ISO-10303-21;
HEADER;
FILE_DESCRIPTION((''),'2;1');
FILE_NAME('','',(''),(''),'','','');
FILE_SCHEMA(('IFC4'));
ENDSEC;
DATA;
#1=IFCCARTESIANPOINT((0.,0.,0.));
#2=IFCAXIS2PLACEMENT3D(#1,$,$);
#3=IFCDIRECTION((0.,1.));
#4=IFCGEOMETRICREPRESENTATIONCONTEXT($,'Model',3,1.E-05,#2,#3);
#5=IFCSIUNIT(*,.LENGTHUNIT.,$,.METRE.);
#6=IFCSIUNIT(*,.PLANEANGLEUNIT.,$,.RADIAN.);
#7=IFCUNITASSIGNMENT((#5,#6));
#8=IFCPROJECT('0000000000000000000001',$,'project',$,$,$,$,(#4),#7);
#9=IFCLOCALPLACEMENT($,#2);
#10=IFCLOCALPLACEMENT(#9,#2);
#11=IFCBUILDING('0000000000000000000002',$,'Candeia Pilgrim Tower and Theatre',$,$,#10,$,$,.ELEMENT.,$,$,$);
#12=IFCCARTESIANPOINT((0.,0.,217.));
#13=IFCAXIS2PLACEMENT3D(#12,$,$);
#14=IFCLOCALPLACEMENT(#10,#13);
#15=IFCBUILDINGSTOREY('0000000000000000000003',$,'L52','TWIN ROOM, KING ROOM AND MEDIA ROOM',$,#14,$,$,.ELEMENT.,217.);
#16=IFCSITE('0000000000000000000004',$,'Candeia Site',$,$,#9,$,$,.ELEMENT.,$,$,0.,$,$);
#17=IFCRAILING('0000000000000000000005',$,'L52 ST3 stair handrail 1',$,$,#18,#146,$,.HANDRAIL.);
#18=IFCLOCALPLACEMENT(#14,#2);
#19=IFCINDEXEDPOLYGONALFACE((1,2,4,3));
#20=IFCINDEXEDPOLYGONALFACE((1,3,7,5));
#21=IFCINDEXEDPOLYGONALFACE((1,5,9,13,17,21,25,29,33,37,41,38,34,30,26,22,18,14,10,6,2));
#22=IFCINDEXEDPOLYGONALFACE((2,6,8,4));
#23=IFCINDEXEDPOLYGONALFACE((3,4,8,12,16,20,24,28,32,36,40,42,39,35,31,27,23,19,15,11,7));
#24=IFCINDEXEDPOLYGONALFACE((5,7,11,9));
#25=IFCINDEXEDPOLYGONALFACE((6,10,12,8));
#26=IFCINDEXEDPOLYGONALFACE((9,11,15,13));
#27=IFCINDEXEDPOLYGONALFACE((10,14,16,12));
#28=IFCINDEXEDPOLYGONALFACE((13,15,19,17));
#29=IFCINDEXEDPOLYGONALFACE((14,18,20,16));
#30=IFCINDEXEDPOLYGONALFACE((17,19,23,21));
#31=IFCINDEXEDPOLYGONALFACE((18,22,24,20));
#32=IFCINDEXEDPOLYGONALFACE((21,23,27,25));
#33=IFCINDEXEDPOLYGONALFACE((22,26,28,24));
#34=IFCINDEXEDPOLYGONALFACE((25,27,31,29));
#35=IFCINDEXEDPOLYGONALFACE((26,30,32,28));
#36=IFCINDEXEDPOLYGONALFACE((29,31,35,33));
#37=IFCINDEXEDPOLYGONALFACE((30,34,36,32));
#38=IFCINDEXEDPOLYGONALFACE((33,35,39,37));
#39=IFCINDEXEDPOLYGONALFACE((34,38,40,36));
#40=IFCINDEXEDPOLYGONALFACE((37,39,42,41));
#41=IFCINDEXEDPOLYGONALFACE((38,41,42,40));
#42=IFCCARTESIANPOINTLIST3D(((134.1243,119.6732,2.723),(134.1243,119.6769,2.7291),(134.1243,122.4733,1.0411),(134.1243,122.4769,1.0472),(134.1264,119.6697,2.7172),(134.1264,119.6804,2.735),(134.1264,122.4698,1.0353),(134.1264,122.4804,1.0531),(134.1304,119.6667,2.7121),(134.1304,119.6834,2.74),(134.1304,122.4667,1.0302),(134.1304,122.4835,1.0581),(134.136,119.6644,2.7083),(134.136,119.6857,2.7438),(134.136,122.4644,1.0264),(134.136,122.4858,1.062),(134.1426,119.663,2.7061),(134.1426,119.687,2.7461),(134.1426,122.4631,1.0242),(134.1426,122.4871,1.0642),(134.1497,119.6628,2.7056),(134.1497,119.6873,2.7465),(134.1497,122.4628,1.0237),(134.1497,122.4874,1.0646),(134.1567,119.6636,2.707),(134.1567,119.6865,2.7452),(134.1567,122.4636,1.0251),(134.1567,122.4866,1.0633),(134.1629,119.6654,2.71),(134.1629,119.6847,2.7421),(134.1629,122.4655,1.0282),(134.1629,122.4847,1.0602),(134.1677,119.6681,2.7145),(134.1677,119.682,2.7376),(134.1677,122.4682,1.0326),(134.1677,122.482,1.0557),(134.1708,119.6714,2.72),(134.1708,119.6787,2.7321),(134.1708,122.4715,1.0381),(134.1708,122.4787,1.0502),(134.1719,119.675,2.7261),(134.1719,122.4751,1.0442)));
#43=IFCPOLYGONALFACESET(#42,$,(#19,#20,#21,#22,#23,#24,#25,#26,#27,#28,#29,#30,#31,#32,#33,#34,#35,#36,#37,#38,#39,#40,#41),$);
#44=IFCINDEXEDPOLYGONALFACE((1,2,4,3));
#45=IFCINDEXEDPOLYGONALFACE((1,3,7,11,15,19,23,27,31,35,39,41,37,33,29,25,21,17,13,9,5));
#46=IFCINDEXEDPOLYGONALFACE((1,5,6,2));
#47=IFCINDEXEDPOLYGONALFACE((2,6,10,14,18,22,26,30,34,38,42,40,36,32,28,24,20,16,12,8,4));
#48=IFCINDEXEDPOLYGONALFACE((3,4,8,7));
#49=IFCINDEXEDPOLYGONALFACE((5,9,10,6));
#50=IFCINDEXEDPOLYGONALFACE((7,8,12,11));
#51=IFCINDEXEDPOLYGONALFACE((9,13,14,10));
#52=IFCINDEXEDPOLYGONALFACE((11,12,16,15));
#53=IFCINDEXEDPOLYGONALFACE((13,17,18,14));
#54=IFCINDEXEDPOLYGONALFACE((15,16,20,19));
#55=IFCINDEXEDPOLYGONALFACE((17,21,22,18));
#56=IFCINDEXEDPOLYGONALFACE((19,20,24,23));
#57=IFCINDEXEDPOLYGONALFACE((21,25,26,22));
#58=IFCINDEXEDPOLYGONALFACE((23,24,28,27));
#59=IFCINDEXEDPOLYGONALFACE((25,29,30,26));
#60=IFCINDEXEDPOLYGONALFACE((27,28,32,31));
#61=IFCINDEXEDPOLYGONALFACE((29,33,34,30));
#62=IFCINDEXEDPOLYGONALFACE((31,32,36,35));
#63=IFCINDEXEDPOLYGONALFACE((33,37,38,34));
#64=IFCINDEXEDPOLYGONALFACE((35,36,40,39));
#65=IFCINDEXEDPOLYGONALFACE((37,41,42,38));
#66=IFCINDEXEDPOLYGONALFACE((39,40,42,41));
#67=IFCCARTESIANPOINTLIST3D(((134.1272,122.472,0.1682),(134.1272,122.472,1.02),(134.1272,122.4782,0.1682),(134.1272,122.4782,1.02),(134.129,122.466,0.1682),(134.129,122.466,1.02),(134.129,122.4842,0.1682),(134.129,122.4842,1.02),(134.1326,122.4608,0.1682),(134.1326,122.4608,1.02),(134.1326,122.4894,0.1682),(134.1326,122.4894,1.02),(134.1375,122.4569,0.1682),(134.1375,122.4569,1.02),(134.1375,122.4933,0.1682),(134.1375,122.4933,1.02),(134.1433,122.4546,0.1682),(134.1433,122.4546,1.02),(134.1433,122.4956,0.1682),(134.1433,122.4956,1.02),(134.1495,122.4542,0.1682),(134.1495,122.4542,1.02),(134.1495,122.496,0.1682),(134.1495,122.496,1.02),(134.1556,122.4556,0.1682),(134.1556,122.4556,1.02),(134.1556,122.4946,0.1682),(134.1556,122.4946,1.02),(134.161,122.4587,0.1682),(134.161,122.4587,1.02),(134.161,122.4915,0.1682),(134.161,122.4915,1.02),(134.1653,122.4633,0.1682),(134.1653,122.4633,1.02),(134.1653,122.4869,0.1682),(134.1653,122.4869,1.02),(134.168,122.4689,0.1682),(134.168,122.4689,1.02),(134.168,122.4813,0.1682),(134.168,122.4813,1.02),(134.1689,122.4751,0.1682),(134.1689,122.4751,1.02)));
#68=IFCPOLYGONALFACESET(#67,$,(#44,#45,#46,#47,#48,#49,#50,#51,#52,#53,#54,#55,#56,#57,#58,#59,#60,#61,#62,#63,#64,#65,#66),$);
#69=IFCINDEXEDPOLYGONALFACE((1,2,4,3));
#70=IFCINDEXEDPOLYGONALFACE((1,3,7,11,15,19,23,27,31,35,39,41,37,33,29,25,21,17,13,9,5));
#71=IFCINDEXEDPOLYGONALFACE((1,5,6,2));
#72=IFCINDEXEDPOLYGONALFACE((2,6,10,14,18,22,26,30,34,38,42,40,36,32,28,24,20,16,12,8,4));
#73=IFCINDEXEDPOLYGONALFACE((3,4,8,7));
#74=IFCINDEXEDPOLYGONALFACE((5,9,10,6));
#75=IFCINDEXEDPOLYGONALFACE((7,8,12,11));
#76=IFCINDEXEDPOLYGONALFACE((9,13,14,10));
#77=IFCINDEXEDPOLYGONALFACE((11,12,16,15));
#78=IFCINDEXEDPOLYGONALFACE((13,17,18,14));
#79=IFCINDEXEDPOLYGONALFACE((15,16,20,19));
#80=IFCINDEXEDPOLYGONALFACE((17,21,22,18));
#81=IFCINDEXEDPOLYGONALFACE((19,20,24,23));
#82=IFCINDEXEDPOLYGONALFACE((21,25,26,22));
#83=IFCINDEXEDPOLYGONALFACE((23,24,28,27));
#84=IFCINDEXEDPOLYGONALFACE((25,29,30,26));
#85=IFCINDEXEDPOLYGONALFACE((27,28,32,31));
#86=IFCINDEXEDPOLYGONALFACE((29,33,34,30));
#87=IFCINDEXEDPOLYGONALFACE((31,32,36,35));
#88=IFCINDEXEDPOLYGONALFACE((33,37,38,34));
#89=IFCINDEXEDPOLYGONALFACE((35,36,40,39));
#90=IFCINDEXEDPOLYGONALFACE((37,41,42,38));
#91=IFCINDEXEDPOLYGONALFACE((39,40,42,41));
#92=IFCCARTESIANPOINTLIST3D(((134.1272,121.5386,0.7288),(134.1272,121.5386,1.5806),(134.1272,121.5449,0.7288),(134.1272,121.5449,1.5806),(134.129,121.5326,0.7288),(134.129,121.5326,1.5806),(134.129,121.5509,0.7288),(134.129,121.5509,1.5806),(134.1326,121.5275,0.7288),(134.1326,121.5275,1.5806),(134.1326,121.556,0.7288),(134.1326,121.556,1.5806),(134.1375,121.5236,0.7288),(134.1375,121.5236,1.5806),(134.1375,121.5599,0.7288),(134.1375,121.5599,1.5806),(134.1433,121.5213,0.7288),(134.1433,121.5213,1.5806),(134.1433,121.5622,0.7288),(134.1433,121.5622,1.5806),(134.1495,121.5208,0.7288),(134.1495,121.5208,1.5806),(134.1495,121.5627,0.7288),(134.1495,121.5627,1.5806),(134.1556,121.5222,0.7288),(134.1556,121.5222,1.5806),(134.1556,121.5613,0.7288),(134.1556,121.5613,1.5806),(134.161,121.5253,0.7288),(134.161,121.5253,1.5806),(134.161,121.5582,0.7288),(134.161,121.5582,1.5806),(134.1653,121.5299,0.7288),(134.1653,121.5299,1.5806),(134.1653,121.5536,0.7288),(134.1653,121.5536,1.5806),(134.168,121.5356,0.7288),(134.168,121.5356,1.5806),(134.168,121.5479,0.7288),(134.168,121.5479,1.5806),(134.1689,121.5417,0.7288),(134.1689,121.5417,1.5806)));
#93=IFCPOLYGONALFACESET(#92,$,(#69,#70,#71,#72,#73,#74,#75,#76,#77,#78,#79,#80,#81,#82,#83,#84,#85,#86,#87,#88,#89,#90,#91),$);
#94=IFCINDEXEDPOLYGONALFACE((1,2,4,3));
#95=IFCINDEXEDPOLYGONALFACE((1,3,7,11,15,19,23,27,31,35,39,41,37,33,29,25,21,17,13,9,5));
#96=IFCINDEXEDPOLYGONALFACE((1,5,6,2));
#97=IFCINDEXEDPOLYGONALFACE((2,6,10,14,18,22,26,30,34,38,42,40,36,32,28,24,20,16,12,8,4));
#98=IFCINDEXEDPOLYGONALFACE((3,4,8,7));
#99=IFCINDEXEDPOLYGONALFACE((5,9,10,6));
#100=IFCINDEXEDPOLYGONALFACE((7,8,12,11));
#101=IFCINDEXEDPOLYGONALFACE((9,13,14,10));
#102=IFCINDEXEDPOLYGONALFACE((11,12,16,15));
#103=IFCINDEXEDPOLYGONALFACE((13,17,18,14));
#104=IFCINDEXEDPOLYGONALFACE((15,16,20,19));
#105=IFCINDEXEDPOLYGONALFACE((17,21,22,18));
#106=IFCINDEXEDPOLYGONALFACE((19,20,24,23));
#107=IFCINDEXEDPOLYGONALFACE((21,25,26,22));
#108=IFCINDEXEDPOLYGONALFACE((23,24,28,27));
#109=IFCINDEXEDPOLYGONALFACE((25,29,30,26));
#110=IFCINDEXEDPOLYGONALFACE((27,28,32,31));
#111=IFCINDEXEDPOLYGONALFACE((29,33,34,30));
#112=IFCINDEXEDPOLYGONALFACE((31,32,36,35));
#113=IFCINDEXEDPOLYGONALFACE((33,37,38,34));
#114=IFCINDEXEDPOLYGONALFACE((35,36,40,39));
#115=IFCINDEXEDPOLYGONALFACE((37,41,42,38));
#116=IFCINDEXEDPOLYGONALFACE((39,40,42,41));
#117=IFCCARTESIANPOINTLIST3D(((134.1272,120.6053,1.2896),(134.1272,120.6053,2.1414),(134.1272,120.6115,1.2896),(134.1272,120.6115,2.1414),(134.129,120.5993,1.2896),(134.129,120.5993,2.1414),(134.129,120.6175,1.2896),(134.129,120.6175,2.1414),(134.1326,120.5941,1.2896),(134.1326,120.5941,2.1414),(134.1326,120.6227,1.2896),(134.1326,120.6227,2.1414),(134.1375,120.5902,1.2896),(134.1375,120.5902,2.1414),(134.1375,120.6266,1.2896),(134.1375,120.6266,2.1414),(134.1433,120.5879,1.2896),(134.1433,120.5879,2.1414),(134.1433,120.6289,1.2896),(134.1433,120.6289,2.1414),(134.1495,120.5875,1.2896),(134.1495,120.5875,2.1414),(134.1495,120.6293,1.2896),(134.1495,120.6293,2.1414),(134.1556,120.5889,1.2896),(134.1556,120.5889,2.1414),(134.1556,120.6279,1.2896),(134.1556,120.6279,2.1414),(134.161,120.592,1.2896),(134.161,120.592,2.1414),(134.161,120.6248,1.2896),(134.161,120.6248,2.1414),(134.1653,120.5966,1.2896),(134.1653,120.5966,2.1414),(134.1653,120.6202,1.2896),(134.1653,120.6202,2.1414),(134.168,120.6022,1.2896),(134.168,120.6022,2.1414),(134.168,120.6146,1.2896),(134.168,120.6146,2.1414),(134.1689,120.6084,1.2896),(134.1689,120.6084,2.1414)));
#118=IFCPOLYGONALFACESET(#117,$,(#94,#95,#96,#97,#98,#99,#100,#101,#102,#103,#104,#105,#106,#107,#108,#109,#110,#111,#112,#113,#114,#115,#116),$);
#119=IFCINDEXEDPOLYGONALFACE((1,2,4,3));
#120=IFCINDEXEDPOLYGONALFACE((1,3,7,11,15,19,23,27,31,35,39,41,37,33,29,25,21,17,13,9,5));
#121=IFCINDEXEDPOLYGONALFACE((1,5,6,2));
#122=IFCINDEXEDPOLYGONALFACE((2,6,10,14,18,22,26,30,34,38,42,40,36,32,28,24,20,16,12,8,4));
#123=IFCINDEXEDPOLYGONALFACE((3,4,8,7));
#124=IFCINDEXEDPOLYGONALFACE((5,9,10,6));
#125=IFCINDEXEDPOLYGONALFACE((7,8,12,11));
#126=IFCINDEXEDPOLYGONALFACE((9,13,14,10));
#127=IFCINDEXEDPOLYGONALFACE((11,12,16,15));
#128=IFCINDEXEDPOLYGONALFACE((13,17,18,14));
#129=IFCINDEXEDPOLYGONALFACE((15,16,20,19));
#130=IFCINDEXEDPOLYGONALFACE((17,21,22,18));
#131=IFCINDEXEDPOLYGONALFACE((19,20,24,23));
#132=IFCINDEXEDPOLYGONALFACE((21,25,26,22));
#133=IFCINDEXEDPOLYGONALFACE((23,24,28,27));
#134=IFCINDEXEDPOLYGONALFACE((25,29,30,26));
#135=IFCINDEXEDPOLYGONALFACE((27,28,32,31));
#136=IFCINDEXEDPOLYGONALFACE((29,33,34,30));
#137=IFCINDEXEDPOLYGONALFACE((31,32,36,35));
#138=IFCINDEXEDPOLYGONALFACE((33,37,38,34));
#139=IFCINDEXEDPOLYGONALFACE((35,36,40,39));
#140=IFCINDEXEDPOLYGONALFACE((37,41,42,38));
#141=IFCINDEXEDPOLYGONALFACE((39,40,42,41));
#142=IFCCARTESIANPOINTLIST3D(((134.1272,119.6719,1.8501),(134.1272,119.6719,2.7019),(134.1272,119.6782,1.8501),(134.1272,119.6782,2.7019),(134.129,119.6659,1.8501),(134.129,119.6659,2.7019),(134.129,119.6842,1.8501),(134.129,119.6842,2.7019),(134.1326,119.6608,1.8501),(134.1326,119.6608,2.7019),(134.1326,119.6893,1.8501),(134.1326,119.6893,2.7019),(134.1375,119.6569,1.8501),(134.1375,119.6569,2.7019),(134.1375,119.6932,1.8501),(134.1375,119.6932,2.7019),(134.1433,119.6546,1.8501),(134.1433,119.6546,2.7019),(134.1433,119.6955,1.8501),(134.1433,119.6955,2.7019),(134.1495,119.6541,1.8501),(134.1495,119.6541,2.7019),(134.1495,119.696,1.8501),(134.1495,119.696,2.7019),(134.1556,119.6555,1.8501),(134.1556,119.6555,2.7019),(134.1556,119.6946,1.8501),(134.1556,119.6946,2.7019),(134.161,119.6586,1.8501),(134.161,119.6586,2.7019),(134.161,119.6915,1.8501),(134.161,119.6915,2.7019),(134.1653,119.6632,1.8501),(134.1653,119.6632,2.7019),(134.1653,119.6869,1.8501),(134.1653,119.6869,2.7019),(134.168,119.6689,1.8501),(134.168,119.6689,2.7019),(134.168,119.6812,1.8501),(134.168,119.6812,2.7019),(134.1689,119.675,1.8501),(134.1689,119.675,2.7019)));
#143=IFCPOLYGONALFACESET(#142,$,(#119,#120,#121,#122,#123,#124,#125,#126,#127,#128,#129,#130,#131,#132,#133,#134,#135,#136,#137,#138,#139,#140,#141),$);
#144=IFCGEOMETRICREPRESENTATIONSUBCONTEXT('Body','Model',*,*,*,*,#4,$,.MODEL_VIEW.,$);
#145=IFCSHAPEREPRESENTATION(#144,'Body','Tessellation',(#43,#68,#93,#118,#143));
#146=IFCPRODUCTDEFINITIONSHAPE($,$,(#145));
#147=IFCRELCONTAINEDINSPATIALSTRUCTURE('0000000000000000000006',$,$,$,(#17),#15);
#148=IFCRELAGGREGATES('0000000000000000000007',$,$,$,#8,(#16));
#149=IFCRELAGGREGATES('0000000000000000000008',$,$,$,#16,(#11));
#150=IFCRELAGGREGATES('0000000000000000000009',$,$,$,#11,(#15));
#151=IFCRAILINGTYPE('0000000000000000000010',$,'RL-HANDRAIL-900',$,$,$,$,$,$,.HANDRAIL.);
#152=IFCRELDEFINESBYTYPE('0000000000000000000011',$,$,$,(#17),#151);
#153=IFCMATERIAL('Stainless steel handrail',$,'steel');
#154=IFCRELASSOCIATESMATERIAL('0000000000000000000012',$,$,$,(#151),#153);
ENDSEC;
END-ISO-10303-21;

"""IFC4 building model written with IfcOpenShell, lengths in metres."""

from ifc_helpers import new_model, si_unit, direction, frame, origin, origin_2d, place, context, subcontext, project, spatial, circle, extrude, material, type_object, element, save


model = new_model("IFC4")

# Units and contexts
model_context = context("Model", 3, precision=1e-05, world=origin(), true_north=direction((0.0, 1.0)))
body_context = subcontext(model_context, "Body", "Model", "MODEL_VIEW")
ifc_project = project(units=[si_unit("LENGTHUNIT", "METRE"), si_unit("PLANEANGLEUNIT", "RADIAN")], contexts=[model_context])

# Site, building, storey
site_placement = place(None, origin())
site = spatial("IfcSite", under=ifc_project, at=site_placement, Name="Candeia Site", CompositionType="ELEMENT", RefElevation=0.0)
building_placement = place(site_placement, origin())
building = spatial("IfcBuilding", under=site, at=building_placement, Name="Candeia Pilgrim Tower and Theatre", CompositionType="ELEMENT")
storey_placement = place(building_placement, frame((0.0, 0.0, 217.0)))
storey = spatial("IfcBuildingStorey", under=building, at=storey_placement, Name="L52", Description="TWIN ROOM, KING ROOM AND MEDIA ROOM", CompositionType="ELEMENT", Elevation=217.0)

# Railing
ifc_material_1 = material(Name="Stainless steel handrail", Category="steel")
railing_type_1 = type_object("IfcRailingType", Name="RL-HANDRAIL-900", PredefinedType="HANDRAIL", material=ifc_material_1)
railing_1_placement = place(storey_placement, frame((134.1479, 122.4751, 0.1682)))
element("IfcRailing", 1, at=railing_1_placement, inside=storey, type_object=railing_type_1, Name="L52 ST3 stair handrail 1", PredefinedType="HANDRAIL", context=body_context, shape_type="SweptSolid", body=[
    extrude(circle(Radius=0.0239, at=origin_2d()), frame((0.0, 0.0, 0.876), z_axis=(0.0, -0.857242, 0.514913), x_axis=(1.0, 0.0, 0.0)), (0.0, 0.0, 1.0), 3.2664),
    extrude(circle(Radius=0.021, at=origin_2d()), origin(), (0.0, 0.0, 1.0), 0.8518),
    extrude(circle(Radius=0.021, at=origin_2d()), frame((0.0, -0.9333, 0.5605)), (0.0, 0.0, 1.0), 0.8518),
    extrude(circle(Radius=0.021, at=origin_2d()), frame((0.0, -1.8667, 1.1213)), (0.0, 0.0, 1.0), 0.8518),
    extrude(circle(Radius=0.021, at=origin_2d()), frame((0.0, -2.8, 1.6819)), (0.0, 0.0, 1.0), 0.8518),
])

save(model, "model.ifc")
